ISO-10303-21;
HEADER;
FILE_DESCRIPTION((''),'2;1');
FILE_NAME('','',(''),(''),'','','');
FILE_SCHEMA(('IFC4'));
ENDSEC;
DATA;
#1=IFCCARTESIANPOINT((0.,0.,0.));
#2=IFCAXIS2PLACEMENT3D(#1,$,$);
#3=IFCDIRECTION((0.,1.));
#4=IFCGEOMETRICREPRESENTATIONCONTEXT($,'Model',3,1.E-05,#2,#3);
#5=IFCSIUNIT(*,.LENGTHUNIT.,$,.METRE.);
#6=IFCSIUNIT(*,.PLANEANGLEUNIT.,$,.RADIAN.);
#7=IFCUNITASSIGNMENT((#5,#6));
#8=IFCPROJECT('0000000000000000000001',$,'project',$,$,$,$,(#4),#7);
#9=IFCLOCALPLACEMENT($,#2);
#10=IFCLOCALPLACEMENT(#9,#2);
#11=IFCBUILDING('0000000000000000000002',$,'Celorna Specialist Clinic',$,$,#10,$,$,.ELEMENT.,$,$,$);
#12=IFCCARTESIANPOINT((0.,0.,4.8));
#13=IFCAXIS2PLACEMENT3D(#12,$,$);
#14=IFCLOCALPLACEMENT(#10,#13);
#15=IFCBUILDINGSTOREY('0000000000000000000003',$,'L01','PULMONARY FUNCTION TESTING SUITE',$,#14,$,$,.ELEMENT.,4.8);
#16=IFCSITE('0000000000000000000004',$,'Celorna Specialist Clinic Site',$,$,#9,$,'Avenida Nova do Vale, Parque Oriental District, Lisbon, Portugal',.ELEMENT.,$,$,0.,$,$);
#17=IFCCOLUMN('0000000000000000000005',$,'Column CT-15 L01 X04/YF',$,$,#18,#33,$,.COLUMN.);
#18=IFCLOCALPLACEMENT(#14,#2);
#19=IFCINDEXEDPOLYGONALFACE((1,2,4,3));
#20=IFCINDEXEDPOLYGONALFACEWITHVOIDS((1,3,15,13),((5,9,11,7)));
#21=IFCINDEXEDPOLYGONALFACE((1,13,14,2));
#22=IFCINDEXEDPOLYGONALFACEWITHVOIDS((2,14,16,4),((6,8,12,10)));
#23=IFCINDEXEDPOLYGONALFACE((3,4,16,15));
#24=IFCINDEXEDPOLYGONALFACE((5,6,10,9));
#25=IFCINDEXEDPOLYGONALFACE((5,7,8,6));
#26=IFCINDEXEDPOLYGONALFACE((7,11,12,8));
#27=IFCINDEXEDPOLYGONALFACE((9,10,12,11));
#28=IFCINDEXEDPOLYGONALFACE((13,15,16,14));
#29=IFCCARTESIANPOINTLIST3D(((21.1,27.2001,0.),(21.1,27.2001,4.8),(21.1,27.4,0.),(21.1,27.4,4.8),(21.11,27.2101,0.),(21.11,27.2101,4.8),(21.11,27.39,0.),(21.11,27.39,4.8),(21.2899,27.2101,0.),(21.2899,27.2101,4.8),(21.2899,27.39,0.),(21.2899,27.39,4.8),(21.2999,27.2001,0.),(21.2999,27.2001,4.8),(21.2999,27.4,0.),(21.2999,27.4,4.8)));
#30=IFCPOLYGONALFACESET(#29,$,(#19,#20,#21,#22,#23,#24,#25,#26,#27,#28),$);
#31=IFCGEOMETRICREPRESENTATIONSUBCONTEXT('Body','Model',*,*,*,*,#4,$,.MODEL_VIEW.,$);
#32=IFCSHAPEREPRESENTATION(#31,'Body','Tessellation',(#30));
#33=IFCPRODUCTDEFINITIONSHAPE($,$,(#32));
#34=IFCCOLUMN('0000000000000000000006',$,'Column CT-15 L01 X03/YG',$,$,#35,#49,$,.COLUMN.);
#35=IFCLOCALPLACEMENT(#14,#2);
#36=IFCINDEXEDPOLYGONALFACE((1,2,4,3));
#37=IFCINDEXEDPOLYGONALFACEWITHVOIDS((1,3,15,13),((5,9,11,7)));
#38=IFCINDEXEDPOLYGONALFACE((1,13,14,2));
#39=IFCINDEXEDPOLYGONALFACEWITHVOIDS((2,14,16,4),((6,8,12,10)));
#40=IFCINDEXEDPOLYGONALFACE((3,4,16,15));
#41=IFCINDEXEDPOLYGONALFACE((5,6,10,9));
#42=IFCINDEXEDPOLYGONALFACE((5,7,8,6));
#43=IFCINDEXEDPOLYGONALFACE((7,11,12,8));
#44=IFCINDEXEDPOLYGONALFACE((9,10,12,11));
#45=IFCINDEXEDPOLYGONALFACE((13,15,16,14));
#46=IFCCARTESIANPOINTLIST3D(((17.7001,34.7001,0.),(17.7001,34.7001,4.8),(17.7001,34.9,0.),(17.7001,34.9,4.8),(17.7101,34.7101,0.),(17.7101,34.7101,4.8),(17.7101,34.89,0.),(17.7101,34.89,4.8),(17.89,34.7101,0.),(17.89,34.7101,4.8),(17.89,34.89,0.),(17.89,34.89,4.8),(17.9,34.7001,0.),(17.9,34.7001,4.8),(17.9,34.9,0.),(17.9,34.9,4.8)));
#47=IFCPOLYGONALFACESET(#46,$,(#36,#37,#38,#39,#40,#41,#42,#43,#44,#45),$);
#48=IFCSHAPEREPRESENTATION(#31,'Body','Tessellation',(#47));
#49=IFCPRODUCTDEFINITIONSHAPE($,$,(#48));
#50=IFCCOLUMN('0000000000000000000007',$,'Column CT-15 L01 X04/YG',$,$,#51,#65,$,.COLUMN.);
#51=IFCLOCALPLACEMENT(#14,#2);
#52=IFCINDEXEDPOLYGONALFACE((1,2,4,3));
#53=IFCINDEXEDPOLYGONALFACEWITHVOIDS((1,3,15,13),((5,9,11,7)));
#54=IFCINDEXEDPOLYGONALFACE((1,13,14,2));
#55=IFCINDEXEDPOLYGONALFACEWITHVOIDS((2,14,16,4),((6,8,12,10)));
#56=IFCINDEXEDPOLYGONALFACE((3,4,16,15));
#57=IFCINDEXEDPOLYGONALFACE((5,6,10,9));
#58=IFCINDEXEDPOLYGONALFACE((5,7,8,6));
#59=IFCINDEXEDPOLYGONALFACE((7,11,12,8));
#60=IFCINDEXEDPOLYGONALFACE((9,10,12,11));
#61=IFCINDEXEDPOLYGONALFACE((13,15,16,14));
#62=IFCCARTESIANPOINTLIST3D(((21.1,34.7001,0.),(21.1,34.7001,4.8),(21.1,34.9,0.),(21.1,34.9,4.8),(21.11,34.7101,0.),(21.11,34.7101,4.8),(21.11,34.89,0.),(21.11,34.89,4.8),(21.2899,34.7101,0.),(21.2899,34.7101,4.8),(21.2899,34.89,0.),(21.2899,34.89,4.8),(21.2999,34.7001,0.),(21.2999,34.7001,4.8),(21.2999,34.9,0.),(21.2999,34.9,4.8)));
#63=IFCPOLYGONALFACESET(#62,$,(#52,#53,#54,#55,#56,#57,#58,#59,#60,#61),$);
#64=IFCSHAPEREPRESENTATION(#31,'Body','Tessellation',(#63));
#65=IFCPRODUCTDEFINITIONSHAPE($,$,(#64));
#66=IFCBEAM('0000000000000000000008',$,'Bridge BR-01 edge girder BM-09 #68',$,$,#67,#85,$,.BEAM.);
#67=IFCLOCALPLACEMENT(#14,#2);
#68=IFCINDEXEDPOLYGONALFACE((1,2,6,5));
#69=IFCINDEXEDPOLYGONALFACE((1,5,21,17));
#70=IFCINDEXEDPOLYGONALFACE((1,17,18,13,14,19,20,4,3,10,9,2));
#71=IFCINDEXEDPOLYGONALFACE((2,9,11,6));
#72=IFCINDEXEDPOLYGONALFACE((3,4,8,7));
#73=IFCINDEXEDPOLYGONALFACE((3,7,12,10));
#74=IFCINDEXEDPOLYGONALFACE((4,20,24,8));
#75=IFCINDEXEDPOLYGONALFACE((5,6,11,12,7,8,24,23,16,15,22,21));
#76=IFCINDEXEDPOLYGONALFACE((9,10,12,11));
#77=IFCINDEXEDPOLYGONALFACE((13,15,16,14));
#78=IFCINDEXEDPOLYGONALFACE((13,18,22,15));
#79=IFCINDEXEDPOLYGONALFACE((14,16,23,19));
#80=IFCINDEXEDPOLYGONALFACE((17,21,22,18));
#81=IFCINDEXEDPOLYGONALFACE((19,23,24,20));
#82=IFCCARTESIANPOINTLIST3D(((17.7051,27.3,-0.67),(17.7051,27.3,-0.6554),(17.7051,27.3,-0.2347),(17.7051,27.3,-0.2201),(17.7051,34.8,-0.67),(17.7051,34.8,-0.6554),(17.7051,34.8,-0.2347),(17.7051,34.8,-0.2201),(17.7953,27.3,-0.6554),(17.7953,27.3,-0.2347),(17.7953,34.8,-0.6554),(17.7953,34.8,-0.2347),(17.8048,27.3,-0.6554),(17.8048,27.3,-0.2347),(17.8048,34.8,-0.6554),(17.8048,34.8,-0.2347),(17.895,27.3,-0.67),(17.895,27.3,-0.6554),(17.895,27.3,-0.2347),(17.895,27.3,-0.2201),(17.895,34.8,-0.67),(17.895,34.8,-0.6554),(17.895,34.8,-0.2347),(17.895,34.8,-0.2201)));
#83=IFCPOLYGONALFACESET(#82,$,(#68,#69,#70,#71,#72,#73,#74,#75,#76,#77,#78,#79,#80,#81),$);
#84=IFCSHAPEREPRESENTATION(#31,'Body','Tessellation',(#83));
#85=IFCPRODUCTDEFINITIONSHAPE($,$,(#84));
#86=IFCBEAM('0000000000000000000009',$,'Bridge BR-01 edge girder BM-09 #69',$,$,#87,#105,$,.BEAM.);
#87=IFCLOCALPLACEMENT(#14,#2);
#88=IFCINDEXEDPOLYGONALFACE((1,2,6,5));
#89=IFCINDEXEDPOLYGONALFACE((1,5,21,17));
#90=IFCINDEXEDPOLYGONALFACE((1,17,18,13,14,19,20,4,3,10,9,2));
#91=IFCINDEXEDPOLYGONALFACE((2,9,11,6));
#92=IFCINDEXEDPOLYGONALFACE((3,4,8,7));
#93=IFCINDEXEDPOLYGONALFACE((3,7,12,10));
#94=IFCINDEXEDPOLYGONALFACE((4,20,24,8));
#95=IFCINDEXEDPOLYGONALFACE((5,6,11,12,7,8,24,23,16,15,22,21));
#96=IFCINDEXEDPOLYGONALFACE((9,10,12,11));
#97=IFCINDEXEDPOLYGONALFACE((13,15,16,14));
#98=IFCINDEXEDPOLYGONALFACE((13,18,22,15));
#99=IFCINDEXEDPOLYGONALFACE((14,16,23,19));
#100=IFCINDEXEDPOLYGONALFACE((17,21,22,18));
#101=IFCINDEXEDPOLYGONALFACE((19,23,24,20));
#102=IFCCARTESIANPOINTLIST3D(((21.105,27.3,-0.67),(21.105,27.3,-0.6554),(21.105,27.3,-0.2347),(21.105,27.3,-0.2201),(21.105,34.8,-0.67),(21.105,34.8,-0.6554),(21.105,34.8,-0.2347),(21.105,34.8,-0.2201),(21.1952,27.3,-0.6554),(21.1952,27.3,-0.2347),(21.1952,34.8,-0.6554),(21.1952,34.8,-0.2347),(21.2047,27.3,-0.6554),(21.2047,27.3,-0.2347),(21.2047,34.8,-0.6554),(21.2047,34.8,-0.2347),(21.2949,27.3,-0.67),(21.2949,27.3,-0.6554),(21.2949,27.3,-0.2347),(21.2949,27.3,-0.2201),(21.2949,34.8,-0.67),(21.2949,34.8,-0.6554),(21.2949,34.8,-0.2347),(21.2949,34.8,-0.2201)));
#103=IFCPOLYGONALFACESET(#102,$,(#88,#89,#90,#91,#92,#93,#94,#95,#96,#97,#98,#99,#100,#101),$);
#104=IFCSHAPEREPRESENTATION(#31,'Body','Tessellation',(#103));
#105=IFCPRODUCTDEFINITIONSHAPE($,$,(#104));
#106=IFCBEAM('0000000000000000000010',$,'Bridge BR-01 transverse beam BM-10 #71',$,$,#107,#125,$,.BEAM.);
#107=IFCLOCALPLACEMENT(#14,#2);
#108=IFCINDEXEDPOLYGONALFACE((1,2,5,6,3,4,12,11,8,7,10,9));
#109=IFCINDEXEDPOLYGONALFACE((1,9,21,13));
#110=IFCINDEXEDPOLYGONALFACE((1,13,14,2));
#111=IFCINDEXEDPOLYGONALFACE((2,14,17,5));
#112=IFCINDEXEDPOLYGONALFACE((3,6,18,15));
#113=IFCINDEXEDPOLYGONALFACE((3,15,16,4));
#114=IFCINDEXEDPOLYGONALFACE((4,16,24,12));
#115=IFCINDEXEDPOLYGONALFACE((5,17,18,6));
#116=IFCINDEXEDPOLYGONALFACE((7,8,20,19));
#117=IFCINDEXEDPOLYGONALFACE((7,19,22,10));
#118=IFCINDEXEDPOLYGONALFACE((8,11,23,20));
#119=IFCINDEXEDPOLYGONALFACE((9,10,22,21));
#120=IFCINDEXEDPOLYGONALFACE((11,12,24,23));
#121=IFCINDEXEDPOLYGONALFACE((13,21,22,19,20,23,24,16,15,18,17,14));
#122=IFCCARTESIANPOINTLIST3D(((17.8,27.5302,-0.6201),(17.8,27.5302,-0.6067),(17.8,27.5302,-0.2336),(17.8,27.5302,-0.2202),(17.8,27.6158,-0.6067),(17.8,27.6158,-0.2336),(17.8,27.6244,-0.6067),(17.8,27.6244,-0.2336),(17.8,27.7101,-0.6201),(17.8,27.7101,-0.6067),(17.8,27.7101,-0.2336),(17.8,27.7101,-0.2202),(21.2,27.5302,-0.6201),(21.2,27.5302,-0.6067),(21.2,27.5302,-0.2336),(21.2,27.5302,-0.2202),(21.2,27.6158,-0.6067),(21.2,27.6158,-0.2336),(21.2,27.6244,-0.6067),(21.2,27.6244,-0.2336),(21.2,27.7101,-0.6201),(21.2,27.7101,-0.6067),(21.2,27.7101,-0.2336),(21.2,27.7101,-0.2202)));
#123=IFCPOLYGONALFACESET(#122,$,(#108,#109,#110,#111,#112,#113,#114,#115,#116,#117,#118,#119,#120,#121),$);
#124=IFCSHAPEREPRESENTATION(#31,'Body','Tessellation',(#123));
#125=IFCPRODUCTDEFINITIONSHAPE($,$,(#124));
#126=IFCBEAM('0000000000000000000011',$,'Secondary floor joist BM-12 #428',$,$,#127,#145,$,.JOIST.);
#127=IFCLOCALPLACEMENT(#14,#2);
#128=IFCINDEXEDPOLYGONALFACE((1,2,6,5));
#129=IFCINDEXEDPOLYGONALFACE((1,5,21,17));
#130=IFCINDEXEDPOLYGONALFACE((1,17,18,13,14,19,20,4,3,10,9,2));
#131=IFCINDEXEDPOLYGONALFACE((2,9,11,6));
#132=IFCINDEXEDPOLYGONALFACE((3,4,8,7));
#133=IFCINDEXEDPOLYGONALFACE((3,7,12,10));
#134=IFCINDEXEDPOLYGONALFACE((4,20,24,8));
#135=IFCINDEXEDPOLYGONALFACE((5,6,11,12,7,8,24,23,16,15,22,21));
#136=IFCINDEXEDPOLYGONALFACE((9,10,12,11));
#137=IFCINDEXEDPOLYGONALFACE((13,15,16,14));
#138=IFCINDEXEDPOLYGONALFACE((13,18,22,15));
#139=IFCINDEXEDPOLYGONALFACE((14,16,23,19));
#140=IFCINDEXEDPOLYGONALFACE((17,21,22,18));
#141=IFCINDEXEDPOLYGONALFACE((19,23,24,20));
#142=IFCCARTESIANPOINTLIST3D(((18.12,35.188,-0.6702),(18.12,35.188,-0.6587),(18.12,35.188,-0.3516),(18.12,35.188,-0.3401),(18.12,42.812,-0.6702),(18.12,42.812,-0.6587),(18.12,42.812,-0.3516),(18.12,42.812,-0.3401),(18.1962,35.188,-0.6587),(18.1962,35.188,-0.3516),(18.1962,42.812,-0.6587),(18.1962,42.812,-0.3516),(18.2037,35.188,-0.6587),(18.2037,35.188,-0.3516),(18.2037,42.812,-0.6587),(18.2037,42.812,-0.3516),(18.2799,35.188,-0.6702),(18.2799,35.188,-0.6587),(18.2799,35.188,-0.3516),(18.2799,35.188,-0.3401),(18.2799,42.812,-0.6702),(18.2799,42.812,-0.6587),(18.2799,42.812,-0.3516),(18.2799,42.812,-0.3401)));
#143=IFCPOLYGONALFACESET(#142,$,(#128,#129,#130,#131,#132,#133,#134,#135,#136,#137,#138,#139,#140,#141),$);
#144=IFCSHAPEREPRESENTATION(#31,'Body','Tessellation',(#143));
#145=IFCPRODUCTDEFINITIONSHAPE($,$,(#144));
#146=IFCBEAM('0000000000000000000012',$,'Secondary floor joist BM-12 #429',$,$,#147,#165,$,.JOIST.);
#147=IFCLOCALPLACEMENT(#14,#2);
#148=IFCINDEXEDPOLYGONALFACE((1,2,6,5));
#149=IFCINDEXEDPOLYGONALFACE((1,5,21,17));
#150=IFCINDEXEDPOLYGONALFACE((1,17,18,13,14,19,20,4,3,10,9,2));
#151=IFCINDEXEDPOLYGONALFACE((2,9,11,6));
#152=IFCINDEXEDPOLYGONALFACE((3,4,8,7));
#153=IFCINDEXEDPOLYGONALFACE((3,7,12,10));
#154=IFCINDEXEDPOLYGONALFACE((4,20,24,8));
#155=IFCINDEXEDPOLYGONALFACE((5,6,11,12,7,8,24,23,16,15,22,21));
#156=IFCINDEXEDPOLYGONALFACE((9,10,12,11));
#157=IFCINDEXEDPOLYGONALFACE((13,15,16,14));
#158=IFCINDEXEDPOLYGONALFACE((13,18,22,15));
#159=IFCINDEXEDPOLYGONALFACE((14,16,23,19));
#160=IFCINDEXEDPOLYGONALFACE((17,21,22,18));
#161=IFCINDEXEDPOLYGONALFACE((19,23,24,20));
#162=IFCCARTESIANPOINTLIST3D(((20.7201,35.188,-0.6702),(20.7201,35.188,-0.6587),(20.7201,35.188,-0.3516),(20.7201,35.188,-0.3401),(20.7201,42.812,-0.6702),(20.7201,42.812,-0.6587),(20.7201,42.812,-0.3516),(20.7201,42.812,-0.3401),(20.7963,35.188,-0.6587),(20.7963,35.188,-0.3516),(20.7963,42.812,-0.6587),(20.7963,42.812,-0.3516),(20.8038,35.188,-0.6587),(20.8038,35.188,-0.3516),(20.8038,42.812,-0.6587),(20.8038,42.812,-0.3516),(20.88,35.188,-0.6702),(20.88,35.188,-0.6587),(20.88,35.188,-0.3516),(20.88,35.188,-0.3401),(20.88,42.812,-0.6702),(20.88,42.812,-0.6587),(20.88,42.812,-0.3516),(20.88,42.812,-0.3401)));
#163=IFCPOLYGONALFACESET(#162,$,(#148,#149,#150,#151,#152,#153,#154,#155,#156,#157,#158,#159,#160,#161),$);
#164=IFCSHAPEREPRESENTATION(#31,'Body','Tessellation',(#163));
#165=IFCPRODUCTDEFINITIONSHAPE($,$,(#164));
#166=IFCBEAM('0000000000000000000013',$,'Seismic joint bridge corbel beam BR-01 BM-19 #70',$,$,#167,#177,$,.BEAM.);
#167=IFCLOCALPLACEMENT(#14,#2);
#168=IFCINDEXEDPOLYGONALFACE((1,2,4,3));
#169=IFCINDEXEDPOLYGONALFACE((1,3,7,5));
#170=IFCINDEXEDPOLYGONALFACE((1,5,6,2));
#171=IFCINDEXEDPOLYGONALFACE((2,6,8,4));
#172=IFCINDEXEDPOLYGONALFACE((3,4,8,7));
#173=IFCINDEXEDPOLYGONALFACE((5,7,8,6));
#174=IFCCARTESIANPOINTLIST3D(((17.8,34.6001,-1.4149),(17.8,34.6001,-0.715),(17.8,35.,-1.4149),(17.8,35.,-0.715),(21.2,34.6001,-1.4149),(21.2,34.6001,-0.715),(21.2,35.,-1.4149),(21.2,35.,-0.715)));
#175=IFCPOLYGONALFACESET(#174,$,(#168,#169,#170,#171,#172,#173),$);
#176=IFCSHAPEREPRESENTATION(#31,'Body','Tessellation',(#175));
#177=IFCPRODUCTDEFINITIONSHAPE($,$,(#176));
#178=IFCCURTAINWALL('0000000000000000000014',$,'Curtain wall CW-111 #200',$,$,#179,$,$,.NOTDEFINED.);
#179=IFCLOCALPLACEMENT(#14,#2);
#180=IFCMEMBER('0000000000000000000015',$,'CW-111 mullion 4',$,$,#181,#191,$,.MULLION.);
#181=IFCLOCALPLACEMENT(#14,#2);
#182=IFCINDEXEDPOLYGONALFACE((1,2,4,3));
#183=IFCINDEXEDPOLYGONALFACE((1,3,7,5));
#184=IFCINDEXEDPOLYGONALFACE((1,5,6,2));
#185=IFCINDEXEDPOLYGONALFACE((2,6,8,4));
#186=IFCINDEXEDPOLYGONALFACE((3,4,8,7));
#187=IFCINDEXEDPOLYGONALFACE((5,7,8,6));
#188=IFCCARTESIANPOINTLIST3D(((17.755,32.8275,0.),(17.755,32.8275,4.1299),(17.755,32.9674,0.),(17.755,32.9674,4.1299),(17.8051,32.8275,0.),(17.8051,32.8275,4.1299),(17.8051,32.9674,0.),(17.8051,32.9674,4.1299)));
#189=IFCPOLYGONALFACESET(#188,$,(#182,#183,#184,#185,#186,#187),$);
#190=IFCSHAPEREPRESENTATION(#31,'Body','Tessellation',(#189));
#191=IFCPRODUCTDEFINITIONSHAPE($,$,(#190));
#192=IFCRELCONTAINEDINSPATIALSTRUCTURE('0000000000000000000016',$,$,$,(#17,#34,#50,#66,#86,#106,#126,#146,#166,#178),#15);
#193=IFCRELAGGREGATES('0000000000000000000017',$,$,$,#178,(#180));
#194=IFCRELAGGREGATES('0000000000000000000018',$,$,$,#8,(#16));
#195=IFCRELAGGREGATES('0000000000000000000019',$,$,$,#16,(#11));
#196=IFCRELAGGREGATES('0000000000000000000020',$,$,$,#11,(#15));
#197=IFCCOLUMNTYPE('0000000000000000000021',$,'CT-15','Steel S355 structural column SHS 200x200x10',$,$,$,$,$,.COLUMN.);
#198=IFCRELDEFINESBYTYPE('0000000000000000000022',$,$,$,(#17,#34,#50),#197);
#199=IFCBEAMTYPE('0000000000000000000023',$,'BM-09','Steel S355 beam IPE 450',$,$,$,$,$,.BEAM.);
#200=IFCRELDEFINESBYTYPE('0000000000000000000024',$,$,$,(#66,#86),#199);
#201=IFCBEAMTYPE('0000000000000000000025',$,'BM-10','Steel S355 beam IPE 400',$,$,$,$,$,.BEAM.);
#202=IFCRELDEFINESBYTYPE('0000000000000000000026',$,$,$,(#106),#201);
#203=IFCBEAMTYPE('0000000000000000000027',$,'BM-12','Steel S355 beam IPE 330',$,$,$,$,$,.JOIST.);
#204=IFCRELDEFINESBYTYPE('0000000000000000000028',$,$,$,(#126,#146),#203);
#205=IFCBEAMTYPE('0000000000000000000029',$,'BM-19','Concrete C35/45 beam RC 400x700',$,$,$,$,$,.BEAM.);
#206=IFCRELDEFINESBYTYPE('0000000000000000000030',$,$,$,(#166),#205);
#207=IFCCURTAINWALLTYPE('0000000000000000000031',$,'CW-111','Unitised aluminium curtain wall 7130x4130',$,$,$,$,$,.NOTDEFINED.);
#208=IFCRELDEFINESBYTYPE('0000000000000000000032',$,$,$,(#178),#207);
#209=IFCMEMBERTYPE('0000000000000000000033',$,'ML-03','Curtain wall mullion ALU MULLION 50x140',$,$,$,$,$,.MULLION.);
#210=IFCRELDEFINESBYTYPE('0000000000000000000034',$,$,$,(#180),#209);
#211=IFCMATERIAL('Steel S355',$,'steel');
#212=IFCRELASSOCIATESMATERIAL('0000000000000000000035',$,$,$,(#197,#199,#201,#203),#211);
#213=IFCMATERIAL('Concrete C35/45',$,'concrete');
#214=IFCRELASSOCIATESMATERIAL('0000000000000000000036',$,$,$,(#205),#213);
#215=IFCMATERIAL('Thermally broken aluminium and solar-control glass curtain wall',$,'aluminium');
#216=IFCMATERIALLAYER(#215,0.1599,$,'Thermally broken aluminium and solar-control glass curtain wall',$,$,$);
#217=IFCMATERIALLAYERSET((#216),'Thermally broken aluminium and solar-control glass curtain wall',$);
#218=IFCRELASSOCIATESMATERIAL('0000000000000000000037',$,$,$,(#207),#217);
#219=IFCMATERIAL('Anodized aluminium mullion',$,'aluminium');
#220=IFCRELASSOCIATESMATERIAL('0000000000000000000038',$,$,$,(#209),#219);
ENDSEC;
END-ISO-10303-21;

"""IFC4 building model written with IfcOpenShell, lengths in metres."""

from ifc_helpers import new_model, si_unit, direction, frame, origin, origin_2d, place, context, subcontext, project, spatial, rectangle, hollow_rectangle, i_section, extrude, material, layer, layer_set, material_profile, profile_set, type_object, element, aggregate, save


model = new_model("IFC4")

# Units and contexts
model_context = context("Model", 3, precision=1e-05, world=origin(), true_north=direction((0.0, 1.0)))
body_context = subcontext(model_context, "Body", "Model", "MODEL_VIEW")
ifc_project = project(units=[si_unit("LENGTHUNIT", "METRE"), si_unit("PLANEANGLEUNIT", "RADIAN")], contexts=[model_context])

# Site, building, storey
site_placement = place(None, origin())
site = spatial("IfcSite", under=ifc_project, at=site_placement, Name="Celorna Specialist Clinic Site", LongName="Avenida Nova do Vale, Parque Oriental District, Lisbon, Portugal", CompositionType="ELEMENT", RefElevation=0.0)
building_placement = place(site_placement, origin())
building = spatial("IfcBuilding", under=site, at=building_placement, Name="Celorna Specialist Clinic", CompositionType="ELEMENT")
storey_placement = place(building_placement, frame((0.0, 0.0, 4.8)))
storey = spatial("IfcBuildingStorey", under=building, at=storey_placement, Name="L01", Description="PULMONARY FUNCTION TESTING SUITE", CompositionType="ELEMENT", Elevation=4.8)

# Columns
ifc_material_1 = material(Name="Steel S355", Category="steel")
ifc_material_profile_1 = material_profile(ifc_material_1, hollow_rectangle(XDim=0.2, YDim=0.2, WallThickness=0.01, at=origin_2d()), Name="SHS 200x200x10")
ifc_profile_set_1 = profile_set([ifc_material_profile_1], Name="Steel S355")
column_type = type_object("IfcColumnType", Name="CT-15", Description="Steel S355 structural column SHS 200x200x10", PredefinedType="COLUMN", material=ifc_profile_set_1)
for number, where, z_axis, x_axis, name in (
    (1, (21.2, 27.3, 0.0), (0.0, 0.0, 1.0), (1.0, 0.0, 0.0), "Column CT-15 L01 X04/YF"),
    (2, (17.8, 34.8, 0.0), (0.0, 0.0, 1.0), (1.0, 0.0, 0.0), "Column CT-15 L01 X03/YG"),
    (3, (21.2, 34.8, 0.0), (0.0, 0.0, 1.0), (1.0, 0.0, 0.0), "Column CT-15 L01 X04/YG"),
):
    element("IfcColumn", number, at=place(storey_placement, frame(where, z_axis=z_axis, x_axis=x_axis)), inside=storey, type_object=column_type, Name=name, PredefinedType="COLUMN", context=body_context, shape_type="SweptSolid", body=[
        extrude(hollow_rectangle(XDim=0.2, YDim=0.2, WallThickness=0.01, at=origin_2d()), origin(), (0.0, 0.0, 1.0), 4.8),
    ])

# Beams
ifc_material_profile_2 = material_profile(ifc_material_1, i_section(OverallWidth=0.1899, OverallDepth=0.45, WebThickness=0.0095, FlangeThickness=0.0146, at=origin_2d()), Name="IPE 450")
ifc_profile_set_2 = profile_set([ifc_material_profile_2], Name="Steel S355")
beam_type_1 = type_object("IfcBeamType", Name="BM-09", Description="Steel S355 beam IPE 450", PredefinedType="BEAM", material=ifc_profile_set_2)
for number, where, z_axis, x_axis, name in (
    (4, (17.8, 27.3, -0.4451), (0.0, 1.0, 0.0), (-1.0, 0.0, 0.0), "Bridge BR-01 edge girder BM-09 #68"),
    (5, (21.2, 27.3, -0.4451), (0.0, 1.0, 0.0), (-1.0, 0.0, 0.0), "Bridge BR-01 edge girder BM-09 #69"),
):
    element("IfcBeam", number, at=place(storey_placement, frame(where, z_axis=z_axis, x_axis=x_axis)), inside=storey, type_object=beam_type_1, Name=name, PredefinedType="BEAM", context=body_context, shape_type="SweptSolid", body=[
        extrude(i_section(OverallWidth=0.1899, OverallDepth=0.45, WebThickness=0.0095, FlangeThickness=0.0146, at=origin_2d()), origin(), (0.0, 0.0, 1.0), 7.5),
    ])
ifc_material_profile_3 = material_profile(ifc_material_1, i_section(OverallWidth=0.1799, OverallDepth=0.3999, WebThickness=0.0085, FlangeThickness=0.0134, at=origin_2d()), Name="IPE 400")
ifc_profile_set_3 = profile_set([ifc_material_profile_3], Name="Steel S355")
beam_type_2 = type_object("IfcBeamType", Name="BM-10", Description="Steel S355 beam IPE 400", PredefinedType="BEAM", material=ifc_profile_set_3)
beam_1_placement = place(storey_placement, frame((17.8, 27.6201, -0.4202), z_axis=(1.0, 0.0, 0.0), x_axis=(0.0, 1.0, 0.0)))
element("IfcBeam", 6, at=beam_1_placement, inside=storey, type_object=beam_type_2, Name="Bridge BR-01 transverse beam BM-10 #71", PredefinedType="BEAM", context=body_context, shape_type="SweptSolid", body=[
    extrude(i_section(OverallWidth=0.1799, OverallDepth=0.3999, WebThickness=0.0085, FlangeThickness=0.0134, at=origin_2d()), origin(), (0.0, 0.0, 1.0), 3.3999),
])
ifc_material_profile_4 = material_profile(ifc_material_1, i_section(OverallWidth=0.1599, OverallDepth=0.3301, WebThickness=0.0076, FlangeThickness=0.0115, at=origin_2d()), Name="IPE 330")
ifc_profile_set_4 = profile_set([ifc_material_profile_4], Name="Steel S355")
beam_type_3 = type_object("IfcBeamType", Name="BM-12", Description="Steel S355 beam IPE 330", PredefinedType="JOIST", material=ifc_profile_set_4)
for number, where, z_axis, x_axis, name in (
    (7, (18.2, 35.188, -0.5051), (0.0, 1.0, 0.0), (-1.0, 0.0, 0.0), "Secondary floor joist BM-12 #428"),
    (8, (20.8, 35.188, -0.5051), (0.0, 1.0, 0.0), (-1.0, 0.0, 0.0), "Secondary floor joist BM-12 #429"),
):
    element("IfcBeam", number, at=place(storey_placement, frame(where, z_axis=z_axis, x_axis=x_axis)), inside=storey, type_object=beam_type_3, Name=name, PredefinedType="JOIST", context=body_context, shape_type="SweptSolid", body=[
        extrude(i_section(OverallWidth=0.1599, OverallDepth=0.3301, WebThickness=0.0076, FlangeThickness=0.0115, at=origin_2d()), origin(), (0.0, 0.0, 1.0), 7.624),
    ])
ifc_material_2 = material(Name="Concrete C35/45", Category="concrete")
ifc_material_profile_5 = material_profile(ifc_material_2, rectangle(XDim=0.3999, YDim=0.7, at=origin_2d()), Name="RC 400x700")
ifc_profile_set_5 = profile_set([ifc_material_profile_5], Name="Concrete C35/45")
beam_type_4 = type_object("IfcBeamType", Name="BM-19", Description="Concrete C35/45 beam RC 400x700", PredefinedType="BEAM", material=ifc_profile_set_5)
beam_2_placement = place(storey_placement, frame((17.8, 34.8, -1.0649), z_axis=(1.0, 0.0, 0.0), x_axis=(0.0, 1.0, 0.0)))
element("IfcBeam", 9, at=beam_2_placement, inside=storey, type_object=beam_type_4, Name="Seismic joint bridge corbel beam BR-01 BM-19 #70", PredefinedType="BEAM", context=body_context, shape_type="SweptSolid", body=[
    extrude(rectangle(XDim=0.3999, YDim=0.7, at=origin_2d()), origin(), (0.0, 0.0, 1.0), 3.3999),
])

# Curtain wall, member
ifc_material_3 = material(Name="Thermally broken aluminium and solar-control glass curtain wall", Category="aluminium")
ifc_layer_1 = layer(ifc_material_3, 0.1599, Name="Thermally broken aluminium and solar-control glass curtain wall")
ifc_layer_set_1 = layer_set([ifc_layer_1], Name="Thermally broken aluminium and solar-control glass curtain wall")
curtain_wall_type = type_object("IfcCurtainWallType", Name="CW-111", Description="Unitised aluminium curtain wall 7130x4130", PredefinedType="NOTDEFINED", material=ifc_layer_set_1)
curtain_wall_1_placement = place(storey_placement, origin())
curtain_wall_1 = element("IfcCurtainWall", 10, at=curtain_wall_1_placement, inside=storey, type_object=curtain_wall_type, Name="Curtain wall CW-111 #200", PredefinedType="NOTDEFINED")
ifc_material_4 = material(Name="Anodized aluminium mullion", Category="aluminium")
ifc_material_profile_6 = material_profile(ifc_material_4, rectangle(XDim=0.05, YDim=0.1399, at=origin_2d()), Name="ALU MULLION 50x140")
ifc_profile_set_6 = profile_set([ifc_material_profile_6], Name="Anodized aluminium mullion")
member_type_1 = type_object("IfcMemberType", Name="ML-03", Description="Curtain wall mullion ALU MULLION 50x140", PredefinedType="MULLION", material=ifc_profile_set_6)
member_1_placement = place(storey_placement, frame((17.78, 32.8975, 0.0), z_axis=(0.0, 0.0, 1.0), x_axis=(-1.0, 0.0, 0.0)))
member_1 = element("IfcMember", 11, at=member_1_placement, type_object=member_type_1, Name="CW-111 mullion 4", PredefinedType="MULLION", context=body_context, shape_type="SweptSolid", body=[
    extrude(rectangle(XDim=0.05, YDim=0.1399, at=origin_2d()), origin(), (0.0, 0.0, 1.0), 4.1299),
])

aggregate(curtain_wall_1, [member_1])

save(model, "model.ifc")
